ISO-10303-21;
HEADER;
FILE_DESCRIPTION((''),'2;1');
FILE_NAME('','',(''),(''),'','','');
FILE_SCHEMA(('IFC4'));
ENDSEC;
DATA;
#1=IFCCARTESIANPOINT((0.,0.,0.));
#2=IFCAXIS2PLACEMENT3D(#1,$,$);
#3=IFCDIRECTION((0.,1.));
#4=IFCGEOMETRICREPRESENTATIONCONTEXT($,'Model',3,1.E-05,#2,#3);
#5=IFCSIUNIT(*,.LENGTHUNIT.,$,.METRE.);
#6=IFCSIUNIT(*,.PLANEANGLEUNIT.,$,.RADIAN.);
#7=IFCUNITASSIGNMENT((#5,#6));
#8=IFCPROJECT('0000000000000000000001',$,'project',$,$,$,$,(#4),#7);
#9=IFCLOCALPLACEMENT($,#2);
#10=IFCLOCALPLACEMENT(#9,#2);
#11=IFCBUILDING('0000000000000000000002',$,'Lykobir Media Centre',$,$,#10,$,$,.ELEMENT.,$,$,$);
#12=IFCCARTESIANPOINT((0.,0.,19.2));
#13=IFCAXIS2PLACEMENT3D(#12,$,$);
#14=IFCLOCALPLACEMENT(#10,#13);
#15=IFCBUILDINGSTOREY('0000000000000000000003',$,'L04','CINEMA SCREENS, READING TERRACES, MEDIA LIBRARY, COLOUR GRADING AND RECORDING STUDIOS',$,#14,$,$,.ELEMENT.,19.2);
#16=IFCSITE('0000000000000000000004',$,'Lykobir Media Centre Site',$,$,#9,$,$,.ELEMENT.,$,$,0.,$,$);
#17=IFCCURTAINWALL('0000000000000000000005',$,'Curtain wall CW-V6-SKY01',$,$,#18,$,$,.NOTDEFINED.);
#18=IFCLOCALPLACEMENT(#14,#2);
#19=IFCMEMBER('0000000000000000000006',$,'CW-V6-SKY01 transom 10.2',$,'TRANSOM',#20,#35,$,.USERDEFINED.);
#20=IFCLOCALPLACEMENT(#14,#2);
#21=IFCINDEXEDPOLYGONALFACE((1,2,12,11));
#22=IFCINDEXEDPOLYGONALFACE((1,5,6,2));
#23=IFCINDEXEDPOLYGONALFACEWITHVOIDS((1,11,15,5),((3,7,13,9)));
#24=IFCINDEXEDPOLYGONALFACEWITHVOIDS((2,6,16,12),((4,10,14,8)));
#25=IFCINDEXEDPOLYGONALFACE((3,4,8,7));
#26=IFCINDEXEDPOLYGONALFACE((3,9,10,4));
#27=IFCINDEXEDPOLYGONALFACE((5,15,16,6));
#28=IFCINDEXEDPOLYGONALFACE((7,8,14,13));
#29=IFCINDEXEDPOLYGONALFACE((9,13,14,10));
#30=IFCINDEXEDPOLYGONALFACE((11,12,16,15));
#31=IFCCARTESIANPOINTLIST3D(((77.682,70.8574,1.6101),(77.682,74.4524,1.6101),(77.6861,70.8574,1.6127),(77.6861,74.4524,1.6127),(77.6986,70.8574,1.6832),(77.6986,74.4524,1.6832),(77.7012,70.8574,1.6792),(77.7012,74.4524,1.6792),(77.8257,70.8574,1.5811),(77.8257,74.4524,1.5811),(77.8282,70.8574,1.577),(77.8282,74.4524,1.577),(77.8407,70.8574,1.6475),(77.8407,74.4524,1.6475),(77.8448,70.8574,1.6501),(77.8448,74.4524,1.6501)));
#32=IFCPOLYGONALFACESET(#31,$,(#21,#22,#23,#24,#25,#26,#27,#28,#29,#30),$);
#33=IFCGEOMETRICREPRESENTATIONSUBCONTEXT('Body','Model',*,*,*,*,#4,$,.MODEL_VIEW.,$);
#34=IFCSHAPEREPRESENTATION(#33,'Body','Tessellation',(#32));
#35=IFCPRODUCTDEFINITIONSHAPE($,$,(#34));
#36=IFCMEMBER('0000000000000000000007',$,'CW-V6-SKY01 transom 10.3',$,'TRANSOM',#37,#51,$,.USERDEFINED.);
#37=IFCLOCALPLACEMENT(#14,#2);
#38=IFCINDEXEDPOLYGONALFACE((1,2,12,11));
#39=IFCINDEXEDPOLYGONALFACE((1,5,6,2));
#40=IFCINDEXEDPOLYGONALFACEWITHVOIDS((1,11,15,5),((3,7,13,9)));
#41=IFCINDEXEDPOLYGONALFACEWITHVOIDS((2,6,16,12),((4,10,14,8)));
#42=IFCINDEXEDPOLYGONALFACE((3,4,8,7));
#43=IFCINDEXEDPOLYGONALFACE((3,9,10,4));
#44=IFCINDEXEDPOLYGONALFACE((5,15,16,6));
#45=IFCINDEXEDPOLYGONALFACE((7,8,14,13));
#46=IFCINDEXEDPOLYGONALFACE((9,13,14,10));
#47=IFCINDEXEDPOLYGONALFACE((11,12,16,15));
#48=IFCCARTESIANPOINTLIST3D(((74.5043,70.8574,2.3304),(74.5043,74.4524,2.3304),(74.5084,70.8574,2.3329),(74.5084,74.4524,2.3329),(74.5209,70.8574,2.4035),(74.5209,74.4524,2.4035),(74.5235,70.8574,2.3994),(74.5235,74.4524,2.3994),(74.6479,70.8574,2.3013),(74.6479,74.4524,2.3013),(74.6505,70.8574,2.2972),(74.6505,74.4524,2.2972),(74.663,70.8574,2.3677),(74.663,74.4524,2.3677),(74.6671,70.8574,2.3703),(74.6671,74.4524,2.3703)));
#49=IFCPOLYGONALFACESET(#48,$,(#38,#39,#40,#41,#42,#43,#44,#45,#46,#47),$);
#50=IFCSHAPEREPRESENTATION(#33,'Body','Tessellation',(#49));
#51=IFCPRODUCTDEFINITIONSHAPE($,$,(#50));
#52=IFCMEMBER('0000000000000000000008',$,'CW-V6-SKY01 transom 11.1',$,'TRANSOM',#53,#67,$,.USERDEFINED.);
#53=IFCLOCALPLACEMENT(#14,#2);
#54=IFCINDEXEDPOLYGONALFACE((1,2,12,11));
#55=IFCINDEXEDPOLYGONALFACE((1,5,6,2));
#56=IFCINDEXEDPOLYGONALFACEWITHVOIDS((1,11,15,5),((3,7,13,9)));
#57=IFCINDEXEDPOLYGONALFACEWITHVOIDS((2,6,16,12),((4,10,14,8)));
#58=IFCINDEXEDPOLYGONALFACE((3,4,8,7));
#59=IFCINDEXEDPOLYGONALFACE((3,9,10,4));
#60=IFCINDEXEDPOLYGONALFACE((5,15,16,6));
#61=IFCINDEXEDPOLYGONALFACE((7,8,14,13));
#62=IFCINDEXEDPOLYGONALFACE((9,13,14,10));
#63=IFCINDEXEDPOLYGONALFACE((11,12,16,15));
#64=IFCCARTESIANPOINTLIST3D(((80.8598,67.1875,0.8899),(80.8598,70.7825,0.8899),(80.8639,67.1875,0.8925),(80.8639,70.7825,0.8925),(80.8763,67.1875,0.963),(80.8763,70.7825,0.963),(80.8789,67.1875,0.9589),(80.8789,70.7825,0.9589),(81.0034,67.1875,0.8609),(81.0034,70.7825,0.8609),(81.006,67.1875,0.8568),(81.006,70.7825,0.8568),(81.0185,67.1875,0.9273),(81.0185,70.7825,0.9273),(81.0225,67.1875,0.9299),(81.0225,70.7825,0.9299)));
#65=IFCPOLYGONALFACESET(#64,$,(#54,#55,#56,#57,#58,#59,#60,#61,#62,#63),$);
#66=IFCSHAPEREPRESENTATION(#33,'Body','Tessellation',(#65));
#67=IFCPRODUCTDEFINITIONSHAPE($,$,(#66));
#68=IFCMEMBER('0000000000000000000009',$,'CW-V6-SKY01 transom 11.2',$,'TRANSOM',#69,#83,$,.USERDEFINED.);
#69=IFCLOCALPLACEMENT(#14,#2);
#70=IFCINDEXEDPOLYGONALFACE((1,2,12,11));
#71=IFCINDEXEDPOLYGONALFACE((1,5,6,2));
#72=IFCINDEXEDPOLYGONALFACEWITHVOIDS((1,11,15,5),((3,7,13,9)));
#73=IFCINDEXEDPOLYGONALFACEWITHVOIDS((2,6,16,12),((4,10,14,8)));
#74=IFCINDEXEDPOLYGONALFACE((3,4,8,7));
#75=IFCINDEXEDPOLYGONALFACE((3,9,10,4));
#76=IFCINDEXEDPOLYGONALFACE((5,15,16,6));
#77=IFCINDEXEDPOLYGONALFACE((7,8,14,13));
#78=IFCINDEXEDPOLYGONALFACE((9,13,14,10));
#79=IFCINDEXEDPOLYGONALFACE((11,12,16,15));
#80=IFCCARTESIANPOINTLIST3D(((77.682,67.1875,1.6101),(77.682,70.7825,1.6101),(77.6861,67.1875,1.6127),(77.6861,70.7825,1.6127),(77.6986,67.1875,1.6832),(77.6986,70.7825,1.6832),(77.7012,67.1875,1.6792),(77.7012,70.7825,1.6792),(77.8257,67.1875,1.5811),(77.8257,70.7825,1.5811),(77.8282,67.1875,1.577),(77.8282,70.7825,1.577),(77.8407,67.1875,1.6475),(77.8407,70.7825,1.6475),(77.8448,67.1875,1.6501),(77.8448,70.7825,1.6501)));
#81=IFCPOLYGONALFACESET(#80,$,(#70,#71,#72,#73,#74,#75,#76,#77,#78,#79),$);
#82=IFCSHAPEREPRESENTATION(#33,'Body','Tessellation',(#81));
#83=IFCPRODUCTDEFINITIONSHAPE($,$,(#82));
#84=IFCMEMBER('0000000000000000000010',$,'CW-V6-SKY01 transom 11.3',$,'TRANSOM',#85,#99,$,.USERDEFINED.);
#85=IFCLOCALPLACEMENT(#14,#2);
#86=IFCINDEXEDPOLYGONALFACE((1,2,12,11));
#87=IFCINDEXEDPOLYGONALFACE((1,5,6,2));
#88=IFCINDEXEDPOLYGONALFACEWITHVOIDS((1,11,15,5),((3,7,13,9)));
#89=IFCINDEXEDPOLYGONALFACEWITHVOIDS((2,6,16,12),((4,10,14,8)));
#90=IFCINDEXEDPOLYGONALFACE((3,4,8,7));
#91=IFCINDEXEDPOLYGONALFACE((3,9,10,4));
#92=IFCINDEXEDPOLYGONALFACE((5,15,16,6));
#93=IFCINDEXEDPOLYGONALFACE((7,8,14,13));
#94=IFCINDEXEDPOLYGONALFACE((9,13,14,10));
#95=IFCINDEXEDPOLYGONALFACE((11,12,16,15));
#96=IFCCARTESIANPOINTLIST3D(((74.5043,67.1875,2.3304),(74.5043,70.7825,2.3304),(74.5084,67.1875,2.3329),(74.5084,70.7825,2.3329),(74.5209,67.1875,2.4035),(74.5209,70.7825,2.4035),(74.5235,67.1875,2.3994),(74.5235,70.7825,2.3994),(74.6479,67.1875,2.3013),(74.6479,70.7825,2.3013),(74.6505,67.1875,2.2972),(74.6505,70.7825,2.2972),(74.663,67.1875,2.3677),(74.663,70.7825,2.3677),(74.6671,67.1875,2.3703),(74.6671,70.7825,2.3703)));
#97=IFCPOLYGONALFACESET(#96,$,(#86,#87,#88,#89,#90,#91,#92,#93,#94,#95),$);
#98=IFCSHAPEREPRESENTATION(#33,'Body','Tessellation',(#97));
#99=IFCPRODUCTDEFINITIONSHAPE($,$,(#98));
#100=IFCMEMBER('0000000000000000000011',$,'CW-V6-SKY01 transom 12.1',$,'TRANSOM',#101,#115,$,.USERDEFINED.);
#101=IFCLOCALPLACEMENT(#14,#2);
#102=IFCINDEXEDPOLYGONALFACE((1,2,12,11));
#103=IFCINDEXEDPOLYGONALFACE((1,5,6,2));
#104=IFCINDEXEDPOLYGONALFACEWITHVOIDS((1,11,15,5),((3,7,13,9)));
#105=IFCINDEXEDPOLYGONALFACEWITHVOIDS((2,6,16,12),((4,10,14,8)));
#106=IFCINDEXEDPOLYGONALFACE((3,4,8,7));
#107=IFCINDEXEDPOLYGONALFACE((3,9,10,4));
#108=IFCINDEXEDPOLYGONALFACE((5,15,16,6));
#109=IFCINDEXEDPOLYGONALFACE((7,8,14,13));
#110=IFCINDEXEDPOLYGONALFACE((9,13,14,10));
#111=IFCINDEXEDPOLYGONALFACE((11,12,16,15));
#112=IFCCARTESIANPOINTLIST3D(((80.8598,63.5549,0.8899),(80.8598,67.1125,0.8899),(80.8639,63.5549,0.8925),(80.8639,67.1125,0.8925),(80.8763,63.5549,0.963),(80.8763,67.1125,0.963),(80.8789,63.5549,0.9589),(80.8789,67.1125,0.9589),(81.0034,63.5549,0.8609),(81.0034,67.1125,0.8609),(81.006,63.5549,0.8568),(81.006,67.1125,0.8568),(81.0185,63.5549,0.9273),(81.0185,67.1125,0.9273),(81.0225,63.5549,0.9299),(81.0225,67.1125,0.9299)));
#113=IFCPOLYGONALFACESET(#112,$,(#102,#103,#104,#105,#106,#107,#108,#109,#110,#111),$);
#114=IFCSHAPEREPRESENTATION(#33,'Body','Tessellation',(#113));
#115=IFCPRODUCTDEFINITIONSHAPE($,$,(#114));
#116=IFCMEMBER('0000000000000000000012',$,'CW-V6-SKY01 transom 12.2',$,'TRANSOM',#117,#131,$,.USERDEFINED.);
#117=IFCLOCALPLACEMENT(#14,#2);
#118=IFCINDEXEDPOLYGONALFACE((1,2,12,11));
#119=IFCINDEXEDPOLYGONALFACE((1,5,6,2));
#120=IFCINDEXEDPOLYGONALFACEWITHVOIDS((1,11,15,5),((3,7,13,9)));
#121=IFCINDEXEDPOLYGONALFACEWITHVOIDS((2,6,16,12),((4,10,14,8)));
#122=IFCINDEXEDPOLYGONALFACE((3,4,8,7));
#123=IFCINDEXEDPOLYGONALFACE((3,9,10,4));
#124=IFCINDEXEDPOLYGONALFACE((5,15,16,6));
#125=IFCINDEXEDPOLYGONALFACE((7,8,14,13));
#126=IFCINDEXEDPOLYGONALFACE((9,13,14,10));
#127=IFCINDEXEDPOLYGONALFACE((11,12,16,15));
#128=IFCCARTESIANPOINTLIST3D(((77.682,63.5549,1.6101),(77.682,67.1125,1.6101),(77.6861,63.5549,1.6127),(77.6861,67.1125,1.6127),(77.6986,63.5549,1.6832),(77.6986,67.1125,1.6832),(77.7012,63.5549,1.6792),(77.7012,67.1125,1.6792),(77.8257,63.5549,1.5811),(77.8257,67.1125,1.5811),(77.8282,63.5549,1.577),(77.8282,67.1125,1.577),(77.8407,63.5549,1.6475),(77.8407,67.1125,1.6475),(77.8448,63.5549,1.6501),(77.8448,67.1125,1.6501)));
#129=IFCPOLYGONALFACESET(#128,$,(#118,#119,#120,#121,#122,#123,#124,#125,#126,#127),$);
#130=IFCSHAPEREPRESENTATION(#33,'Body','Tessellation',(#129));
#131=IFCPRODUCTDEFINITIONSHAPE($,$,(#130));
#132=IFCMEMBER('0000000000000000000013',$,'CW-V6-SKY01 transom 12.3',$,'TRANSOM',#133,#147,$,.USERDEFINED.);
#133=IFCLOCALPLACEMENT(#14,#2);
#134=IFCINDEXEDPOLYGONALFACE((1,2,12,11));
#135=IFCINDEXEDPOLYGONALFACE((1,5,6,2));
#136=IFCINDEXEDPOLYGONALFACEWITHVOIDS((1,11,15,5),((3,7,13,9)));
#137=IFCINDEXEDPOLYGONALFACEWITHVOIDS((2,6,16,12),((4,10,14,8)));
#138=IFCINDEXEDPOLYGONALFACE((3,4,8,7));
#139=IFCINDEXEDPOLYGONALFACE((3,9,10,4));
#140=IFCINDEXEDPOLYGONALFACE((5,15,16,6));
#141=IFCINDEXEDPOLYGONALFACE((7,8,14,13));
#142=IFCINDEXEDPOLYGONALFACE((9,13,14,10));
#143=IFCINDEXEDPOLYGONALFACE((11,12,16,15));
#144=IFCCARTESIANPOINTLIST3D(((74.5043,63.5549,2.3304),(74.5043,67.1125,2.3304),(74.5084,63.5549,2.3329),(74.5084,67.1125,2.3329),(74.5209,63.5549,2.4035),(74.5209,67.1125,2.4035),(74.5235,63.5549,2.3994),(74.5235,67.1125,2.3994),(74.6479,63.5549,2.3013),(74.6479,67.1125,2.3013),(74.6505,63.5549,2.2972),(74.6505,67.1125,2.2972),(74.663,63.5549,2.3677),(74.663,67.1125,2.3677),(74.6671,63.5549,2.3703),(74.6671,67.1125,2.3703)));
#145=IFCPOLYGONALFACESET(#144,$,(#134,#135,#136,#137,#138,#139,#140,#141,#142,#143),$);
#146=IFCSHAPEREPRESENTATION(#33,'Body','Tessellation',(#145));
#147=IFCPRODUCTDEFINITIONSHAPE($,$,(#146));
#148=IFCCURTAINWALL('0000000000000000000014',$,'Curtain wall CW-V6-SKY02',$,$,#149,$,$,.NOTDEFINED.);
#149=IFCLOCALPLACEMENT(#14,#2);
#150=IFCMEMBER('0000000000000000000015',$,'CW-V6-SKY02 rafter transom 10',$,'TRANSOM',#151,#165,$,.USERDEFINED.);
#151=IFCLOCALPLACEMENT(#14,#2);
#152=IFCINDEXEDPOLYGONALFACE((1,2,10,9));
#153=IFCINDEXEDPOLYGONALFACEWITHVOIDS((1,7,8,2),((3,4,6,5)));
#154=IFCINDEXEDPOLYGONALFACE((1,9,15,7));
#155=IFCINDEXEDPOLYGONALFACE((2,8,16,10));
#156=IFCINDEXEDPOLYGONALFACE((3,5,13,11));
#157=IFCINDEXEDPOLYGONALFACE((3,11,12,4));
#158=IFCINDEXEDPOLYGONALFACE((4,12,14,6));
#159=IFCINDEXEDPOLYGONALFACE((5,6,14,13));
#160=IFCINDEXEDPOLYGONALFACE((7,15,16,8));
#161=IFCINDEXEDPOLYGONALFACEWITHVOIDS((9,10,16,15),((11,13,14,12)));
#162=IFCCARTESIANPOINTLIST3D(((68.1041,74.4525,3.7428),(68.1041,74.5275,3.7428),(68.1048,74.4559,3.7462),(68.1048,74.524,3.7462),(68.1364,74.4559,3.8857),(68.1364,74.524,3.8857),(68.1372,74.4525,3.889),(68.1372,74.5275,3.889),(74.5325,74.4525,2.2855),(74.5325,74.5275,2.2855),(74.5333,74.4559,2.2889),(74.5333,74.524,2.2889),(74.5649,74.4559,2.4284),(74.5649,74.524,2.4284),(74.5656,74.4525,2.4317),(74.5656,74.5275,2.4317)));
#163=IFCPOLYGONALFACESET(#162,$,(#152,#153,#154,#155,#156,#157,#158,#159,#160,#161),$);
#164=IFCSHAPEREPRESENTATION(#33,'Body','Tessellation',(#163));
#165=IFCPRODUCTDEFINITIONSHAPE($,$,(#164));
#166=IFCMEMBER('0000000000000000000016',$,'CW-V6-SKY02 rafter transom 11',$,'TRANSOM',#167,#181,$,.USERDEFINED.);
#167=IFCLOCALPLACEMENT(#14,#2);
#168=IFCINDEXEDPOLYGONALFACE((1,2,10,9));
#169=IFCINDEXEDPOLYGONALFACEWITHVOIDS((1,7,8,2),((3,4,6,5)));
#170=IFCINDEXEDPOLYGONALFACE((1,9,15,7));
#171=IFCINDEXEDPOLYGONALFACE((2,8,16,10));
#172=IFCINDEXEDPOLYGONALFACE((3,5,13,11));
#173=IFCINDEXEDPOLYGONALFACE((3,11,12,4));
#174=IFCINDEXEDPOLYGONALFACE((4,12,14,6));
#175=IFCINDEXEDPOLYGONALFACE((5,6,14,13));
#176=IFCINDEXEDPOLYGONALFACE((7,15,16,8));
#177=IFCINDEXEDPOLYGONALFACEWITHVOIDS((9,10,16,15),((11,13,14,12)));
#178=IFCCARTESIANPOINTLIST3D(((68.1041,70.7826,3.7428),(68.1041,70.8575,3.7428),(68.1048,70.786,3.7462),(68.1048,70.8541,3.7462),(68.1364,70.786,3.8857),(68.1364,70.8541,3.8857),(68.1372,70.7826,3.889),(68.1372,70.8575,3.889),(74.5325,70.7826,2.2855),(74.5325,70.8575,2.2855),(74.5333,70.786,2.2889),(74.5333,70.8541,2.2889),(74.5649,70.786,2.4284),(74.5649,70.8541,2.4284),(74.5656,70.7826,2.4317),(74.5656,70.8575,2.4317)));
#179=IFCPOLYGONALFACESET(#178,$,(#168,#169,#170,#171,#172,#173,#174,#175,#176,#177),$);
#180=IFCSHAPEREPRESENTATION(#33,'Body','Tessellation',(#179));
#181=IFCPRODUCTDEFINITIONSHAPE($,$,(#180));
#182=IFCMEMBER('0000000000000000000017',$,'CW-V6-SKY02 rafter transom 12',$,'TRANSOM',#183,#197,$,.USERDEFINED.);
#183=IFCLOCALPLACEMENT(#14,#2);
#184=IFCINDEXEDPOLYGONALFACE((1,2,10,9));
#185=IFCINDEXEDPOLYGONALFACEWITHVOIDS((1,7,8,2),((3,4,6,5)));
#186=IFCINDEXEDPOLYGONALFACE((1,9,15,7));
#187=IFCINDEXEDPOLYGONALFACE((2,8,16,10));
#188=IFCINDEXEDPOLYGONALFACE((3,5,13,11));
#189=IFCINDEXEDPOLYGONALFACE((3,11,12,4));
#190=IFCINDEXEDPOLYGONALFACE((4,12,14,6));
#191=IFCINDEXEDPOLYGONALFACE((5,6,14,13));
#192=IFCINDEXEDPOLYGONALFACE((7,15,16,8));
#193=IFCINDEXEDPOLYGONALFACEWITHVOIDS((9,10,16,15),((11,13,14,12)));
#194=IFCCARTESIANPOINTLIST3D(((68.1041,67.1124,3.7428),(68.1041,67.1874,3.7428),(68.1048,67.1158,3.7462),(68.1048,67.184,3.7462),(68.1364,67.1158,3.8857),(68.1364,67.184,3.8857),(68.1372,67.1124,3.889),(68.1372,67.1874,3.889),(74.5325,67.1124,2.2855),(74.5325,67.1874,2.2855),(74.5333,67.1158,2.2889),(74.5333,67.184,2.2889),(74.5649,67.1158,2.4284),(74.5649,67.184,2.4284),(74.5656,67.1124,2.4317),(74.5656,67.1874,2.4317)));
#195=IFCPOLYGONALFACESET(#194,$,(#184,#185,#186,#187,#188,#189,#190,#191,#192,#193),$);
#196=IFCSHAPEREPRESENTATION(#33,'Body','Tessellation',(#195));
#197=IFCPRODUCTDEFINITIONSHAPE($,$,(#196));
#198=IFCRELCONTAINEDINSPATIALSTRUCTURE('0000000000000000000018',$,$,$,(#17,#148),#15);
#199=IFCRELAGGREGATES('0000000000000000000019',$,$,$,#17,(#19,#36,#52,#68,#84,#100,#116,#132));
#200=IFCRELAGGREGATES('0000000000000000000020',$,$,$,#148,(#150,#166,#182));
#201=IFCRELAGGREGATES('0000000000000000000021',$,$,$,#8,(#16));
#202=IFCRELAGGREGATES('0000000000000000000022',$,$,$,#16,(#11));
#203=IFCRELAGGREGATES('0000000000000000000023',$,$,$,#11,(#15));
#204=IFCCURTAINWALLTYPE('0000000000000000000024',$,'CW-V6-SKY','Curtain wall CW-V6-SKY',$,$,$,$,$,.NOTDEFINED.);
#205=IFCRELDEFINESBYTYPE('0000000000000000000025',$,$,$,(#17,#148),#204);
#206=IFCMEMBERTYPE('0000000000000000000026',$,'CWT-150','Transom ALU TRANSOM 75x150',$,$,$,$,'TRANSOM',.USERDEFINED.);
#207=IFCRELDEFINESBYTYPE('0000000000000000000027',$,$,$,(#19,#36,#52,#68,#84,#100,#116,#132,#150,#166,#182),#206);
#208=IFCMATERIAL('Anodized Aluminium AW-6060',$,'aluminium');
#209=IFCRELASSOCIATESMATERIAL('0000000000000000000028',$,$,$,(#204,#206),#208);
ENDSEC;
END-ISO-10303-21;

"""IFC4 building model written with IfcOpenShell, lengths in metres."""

from ifc_helpers import new_model, si_unit, direction, frame, origin, origin_2d, place, context, subcontext, project, spatial, hollow_rectangle, extrude, material, material_profile, profile_set, type_object, element, aggregate, save


model = new_model("IFC4")

# Units and contexts
model_context = context("Model", 3, precision=1e-05, world=origin(), true_north=direction((0.0, 1.0)))
body_context = subcontext(model_context, "Body", "Model", "MODEL_VIEW")
ifc_project = project(units=[si_unit("LENGTHUNIT", "METRE"), si_unit("PLANEANGLEUNIT", "RADIAN")], contexts=[model_context])

# Site, building, storey
site_placement = place(None, origin())
site = spatial("IfcSite", under=ifc_project, at=site_placement, Name="Lykobir Media Centre Site", CompositionType="ELEMENT", RefElevation=0.0)
building_placement = place(site_placement, origin())
building = spatial("IfcBuilding", under=site, at=building_placement, Name="Lykobir Media Centre", CompositionType="ELEMENT")
storey_placement = place(building_placement, frame((0.0, 0.0, 19.2)))
storey = spatial("IfcBuildingStorey", under=building, at=storey_placement, Name="L04", Description="CINEMA SCREENS, READING TERRACES, MEDIA LIBRARY, COLOUR GRADING AND RECORDING STUDIOS", CompositionType="ELEMENT", Elevation=19.2)

# Curtain walls, members
ifc_material_1 = material(Name="Anodized Aluminium AW-6060", Category="aluminium")
curtain_wall_type = type_object("IfcCurtainWallType", Name="CW-V6-SKY", Description="Curtain wall CW-V6-SKY", PredefinedType="NOTDEFINED", material=ifc_material_1)
curtain_wall_1_placement = place(storey_placement, origin())
curtain_wall_1 = element("IfcCurtainWall", 1, at=curtain_wall_1_placement, inside=storey, type_object=curtain_wall_type, Name="Curtain wall CW-V6-SKY01", PredefinedType="NOTDEFINED")
ifc_material_profile_1 = material_profile(ifc_material_1, hollow_rectangle(XDim=0.075, YDim=0.1499, WallThickness=0.0034, at=origin_2d()), Name="ALU TRANSOM 75x150")
ifc_profile_set_1 = profile_set([ifc_material_profile_1], Name="Anodized Aluminium AW-6060")
member_type_1 = type_object("IfcMemberType", Name="CWT-150", Description="Transom ALU TRANSOM 75x150", ElementType="TRANSOM", PredefinedType="USERDEFINED", material=ifc_profile_set_1)
member_1_placement = place(storey_placement, frame((77.7634, 74.4524, 1.6301), z_axis=(0.0, -1.0, 0.0), x_axis=(0.221055, 0.0, 0.975261)))
member_1 = element("IfcMember", 2, at=member_1_placement, type_object=member_type_1, Name="CW-V6-SKY01 transom 10.2", ObjectType="TRANSOM", PredefinedType="USERDEFINED", context=body_context, shape_type="SweptSolid", body=[
    extrude(hollow_rectangle(XDim=0.075, YDim=0.1499, WallThickness=0.0034, at=origin_2d()), origin(), (0.0, 0.0, 1.0), 3.595),
])
member_2_placement = place(storey_placement, frame((74.5857, 74.4524, 2.3503), z_axis=(0.0, -1.0, 0.0), x_axis=(0.221055, 0.0, 0.975261)))
member_2 = element("IfcMember", 3, at=member_2_placement, type_object=member_type_1, Name="CW-V6-SKY01 transom 10.3", ObjectType="TRANSOM", PredefinedType="USERDEFINED", context=body_context, shape_type="SweptSolid", body=[
    extrude(hollow_rectangle(XDim=0.075, YDim=0.1499, WallThickness=0.0034, at=origin_2d()), origin(), (0.0, 0.0, 1.0), 3.595),
])
member_3_placement = place(storey_placement, frame((80.9412, 70.7825, 0.9099), z_axis=(0.0, -1.0, 0.0), x_axis=(0.221055, 0.0, 0.975261)))
member_3 = element("IfcMember", 4, at=member_3_placement, type_object=member_type_1, Name="CW-V6-SKY01 transom 11.1", ObjectType="TRANSOM", PredefinedType="USERDEFINED", context=body_context, shape_type="SweptSolid", body=[
    extrude(hollow_rectangle(XDim=0.075, YDim=0.1499, WallThickness=0.0034, at=origin_2d()), origin(), (0.0, 0.0, 1.0), 3.595),
])
member_4_placement = place(storey_placement, frame((77.7634, 70.7825, 1.6301), z_axis=(0.0, -1.0, 0.0), x_axis=(0.221055, 0.0, 0.975261)))
member_4 = element("IfcMember", 5, at=member_4_placement, type_object=member_type_1, Name="CW-V6-SKY01 transom 11.2", ObjectType="TRANSOM", PredefinedType="USERDEFINED", context=body_context, shape_type="SweptSolid", body=[
    extrude(hollow_rectangle(XDim=0.075, YDim=0.1499, WallThickness=0.0034, at=origin_2d()), origin(), (0.0, 0.0, 1.0), 3.595),
])
member_5_placement = place(storey_placement, frame((74.5857, 70.7825, 2.3503), z_axis=(0.0, -1.0, 0.0), x_axis=(0.221055, 0.0, 0.975261)))
member_5 = element("IfcMember", 6, at=member_5_placement, type_object=member_type_1, Name="CW-V6-SKY01 transom 11.3", ObjectType="TRANSOM", PredefinedType="USERDEFINED", context=body_context, shape_type="SweptSolid", body=[
    extrude(hollow_rectangle(XDim=0.075, YDim=0.1499, WallThickness=0.0034, at=origin_2d()), origin(), (0.0, 0.0, 1.0), 3.595),
])
member_6_placement = place(storey_placement, frame((80.9412, 67.1125, 0.9099), z_axis=(0.0, -1.0, 0.0), x_axis=(0.221055, 0.0, 0.975261)))
member_6 = element("IfcMember", 7, at=member_6_placement, type_object=member_type_1, Name="CW-V6-SKY01 transom 12.1", ObjectType="TRANSOM", PredefinedType="USERDEFINED", context=body_context, shape_type="SweptSolid", body=[
    extrude(hollow_rectangle(XDim=0.075, YDim=0.1499, WallThickness=0.0034, at=origin_2d()), origin(), (0.0, 0.0, 1.0), 3.5576),
])
member_7_placement = place(storey_placement, frame((77.7634, 67.1125, 1.6301), z_axis=(0.0, -1.0, 0.0), x_axis=(0.221055, 0.0, 0.975261)))
member_7 = element("IfcMember", 8, at=member_7_placement, type_object=member_type_1, Name="CW-V6-SKY01 transom 12.2", ObjectType="TRANSOM", PredefinedType="USERDEFINED", context=body_context, shape_type="SweptSolid", body=[
    extrude(hollow_rectangle(XDim=0.075, YDim=0.1499, WallThickness=0.0034, at=origin_2d()), origin(), (0.0, 0.0, 1.0), 3.5576),
])
member_8_placement = place(storey_placement, frame((74.5857, 67.1125, 2.3503), z_axis=(0.0, -1.0, 0.0), x_axis=(0.221055, 0.0, 0.975261)))
member_8 = element("IfcMember", 9, at=member_8_placement, type_object=member_type_1, Name="CW-V6-SKY01 transom 12.3", ObjectType="TRANSOM", PredefinedType="USERDEFINED", context=body_context, shape_type="SweptSolid", body=[
    extrude(hollow_rectangle(XDim=0.075, YDim=0.1499, WallThickness=0.0034, at=origin_2d()), origin(), (0.0, 0.0, 1.0), 3.5576),
])
curtain_wall_2_placement = place(storey_placement, origin())
curtain_wall_2 = element("IfcCurtainWall", 10, at=curtain_wall_2_placement, inside=storey, type_object=curtain_wall_type, Name="Curtain wall CW-V6-SKY02", PredefinedType="NOTDEFINED")
member_9_placement = place(storey_placement, frame((74.5491, 74.49, 2.3586), z_axis=(-0.975255, 0.0, 0.221082), x_axis=(0.0, -1.0, 0.0)))
member_9 = element("IfcMember", 11, at=member_9_placement, type_object=member_type_1, Name="CW-V6-SKY02 rafter transom 10", ObjectType="TRANSOM", PredefinedType="USERDEFINED", context=body_context, shape_type="SweptSolid", body=[
    extrude(hollow_rectangle(XDim=0.075, YDim=0.1499, WallThickness=0.0034, at=origin_2d()), origin(), (0.0, 0.0, 1.0), 6.5916),
])
member_10_placement = place(storey_placement, frame((74.5491, 70.8201, 2.3586), z_axis=(-0.975255, 0.0, 0.221082), x_axis=(0.0, -1.0, 0.0)))
member_10 = element("IfcMember", 12, at=member_10_placement, type_object=member_type_1, Name="CW-V6-SKY02 rafter transom 11", ObjectType="TRANSOM", PredefinedType="USERDEFINED", context=body_context, shape_type="SweptSolid", body=[
    extrude(hollow_rectangle(XDim=0.075, YDim=0.1499, WallThickness=0.0034, at=origin_2d()), origin(), (0.0, 0.0, 1.0), 6.5916),
])
member_11_placement = place(storey_placement, frame((74.5491, 67.1499, 2.3586), z_axis=(-0.975255, 0.0, 0.221082), x_axis=(0.0, -1.0, 0.0)))
member_11 = element("IfcMember", 13, at=member_11_placement, type_object=member_type_1, Name="CW-V6-SKY02 rafter transom 12", ObjectType="TRANSOM", PredefinedType="USERDEFINED", context=body_context, shape_type="SweptSolid", body=[
    extrude(hollow_rectangle(XDim=0.075, YDim=0.1499, WallThickness=0.0034, at=origin_2d()), origin(), (0.0, 0.0, 1.0), 6.5916),
])

aggregate(curtain_wall_1, [member_1, member_2, member_3, member_4, member_5, member_6, member_7, member_8])
aggregate(curtain_wall_2, [member_9, member_10, member_11])

save(model, "model.ifc")
